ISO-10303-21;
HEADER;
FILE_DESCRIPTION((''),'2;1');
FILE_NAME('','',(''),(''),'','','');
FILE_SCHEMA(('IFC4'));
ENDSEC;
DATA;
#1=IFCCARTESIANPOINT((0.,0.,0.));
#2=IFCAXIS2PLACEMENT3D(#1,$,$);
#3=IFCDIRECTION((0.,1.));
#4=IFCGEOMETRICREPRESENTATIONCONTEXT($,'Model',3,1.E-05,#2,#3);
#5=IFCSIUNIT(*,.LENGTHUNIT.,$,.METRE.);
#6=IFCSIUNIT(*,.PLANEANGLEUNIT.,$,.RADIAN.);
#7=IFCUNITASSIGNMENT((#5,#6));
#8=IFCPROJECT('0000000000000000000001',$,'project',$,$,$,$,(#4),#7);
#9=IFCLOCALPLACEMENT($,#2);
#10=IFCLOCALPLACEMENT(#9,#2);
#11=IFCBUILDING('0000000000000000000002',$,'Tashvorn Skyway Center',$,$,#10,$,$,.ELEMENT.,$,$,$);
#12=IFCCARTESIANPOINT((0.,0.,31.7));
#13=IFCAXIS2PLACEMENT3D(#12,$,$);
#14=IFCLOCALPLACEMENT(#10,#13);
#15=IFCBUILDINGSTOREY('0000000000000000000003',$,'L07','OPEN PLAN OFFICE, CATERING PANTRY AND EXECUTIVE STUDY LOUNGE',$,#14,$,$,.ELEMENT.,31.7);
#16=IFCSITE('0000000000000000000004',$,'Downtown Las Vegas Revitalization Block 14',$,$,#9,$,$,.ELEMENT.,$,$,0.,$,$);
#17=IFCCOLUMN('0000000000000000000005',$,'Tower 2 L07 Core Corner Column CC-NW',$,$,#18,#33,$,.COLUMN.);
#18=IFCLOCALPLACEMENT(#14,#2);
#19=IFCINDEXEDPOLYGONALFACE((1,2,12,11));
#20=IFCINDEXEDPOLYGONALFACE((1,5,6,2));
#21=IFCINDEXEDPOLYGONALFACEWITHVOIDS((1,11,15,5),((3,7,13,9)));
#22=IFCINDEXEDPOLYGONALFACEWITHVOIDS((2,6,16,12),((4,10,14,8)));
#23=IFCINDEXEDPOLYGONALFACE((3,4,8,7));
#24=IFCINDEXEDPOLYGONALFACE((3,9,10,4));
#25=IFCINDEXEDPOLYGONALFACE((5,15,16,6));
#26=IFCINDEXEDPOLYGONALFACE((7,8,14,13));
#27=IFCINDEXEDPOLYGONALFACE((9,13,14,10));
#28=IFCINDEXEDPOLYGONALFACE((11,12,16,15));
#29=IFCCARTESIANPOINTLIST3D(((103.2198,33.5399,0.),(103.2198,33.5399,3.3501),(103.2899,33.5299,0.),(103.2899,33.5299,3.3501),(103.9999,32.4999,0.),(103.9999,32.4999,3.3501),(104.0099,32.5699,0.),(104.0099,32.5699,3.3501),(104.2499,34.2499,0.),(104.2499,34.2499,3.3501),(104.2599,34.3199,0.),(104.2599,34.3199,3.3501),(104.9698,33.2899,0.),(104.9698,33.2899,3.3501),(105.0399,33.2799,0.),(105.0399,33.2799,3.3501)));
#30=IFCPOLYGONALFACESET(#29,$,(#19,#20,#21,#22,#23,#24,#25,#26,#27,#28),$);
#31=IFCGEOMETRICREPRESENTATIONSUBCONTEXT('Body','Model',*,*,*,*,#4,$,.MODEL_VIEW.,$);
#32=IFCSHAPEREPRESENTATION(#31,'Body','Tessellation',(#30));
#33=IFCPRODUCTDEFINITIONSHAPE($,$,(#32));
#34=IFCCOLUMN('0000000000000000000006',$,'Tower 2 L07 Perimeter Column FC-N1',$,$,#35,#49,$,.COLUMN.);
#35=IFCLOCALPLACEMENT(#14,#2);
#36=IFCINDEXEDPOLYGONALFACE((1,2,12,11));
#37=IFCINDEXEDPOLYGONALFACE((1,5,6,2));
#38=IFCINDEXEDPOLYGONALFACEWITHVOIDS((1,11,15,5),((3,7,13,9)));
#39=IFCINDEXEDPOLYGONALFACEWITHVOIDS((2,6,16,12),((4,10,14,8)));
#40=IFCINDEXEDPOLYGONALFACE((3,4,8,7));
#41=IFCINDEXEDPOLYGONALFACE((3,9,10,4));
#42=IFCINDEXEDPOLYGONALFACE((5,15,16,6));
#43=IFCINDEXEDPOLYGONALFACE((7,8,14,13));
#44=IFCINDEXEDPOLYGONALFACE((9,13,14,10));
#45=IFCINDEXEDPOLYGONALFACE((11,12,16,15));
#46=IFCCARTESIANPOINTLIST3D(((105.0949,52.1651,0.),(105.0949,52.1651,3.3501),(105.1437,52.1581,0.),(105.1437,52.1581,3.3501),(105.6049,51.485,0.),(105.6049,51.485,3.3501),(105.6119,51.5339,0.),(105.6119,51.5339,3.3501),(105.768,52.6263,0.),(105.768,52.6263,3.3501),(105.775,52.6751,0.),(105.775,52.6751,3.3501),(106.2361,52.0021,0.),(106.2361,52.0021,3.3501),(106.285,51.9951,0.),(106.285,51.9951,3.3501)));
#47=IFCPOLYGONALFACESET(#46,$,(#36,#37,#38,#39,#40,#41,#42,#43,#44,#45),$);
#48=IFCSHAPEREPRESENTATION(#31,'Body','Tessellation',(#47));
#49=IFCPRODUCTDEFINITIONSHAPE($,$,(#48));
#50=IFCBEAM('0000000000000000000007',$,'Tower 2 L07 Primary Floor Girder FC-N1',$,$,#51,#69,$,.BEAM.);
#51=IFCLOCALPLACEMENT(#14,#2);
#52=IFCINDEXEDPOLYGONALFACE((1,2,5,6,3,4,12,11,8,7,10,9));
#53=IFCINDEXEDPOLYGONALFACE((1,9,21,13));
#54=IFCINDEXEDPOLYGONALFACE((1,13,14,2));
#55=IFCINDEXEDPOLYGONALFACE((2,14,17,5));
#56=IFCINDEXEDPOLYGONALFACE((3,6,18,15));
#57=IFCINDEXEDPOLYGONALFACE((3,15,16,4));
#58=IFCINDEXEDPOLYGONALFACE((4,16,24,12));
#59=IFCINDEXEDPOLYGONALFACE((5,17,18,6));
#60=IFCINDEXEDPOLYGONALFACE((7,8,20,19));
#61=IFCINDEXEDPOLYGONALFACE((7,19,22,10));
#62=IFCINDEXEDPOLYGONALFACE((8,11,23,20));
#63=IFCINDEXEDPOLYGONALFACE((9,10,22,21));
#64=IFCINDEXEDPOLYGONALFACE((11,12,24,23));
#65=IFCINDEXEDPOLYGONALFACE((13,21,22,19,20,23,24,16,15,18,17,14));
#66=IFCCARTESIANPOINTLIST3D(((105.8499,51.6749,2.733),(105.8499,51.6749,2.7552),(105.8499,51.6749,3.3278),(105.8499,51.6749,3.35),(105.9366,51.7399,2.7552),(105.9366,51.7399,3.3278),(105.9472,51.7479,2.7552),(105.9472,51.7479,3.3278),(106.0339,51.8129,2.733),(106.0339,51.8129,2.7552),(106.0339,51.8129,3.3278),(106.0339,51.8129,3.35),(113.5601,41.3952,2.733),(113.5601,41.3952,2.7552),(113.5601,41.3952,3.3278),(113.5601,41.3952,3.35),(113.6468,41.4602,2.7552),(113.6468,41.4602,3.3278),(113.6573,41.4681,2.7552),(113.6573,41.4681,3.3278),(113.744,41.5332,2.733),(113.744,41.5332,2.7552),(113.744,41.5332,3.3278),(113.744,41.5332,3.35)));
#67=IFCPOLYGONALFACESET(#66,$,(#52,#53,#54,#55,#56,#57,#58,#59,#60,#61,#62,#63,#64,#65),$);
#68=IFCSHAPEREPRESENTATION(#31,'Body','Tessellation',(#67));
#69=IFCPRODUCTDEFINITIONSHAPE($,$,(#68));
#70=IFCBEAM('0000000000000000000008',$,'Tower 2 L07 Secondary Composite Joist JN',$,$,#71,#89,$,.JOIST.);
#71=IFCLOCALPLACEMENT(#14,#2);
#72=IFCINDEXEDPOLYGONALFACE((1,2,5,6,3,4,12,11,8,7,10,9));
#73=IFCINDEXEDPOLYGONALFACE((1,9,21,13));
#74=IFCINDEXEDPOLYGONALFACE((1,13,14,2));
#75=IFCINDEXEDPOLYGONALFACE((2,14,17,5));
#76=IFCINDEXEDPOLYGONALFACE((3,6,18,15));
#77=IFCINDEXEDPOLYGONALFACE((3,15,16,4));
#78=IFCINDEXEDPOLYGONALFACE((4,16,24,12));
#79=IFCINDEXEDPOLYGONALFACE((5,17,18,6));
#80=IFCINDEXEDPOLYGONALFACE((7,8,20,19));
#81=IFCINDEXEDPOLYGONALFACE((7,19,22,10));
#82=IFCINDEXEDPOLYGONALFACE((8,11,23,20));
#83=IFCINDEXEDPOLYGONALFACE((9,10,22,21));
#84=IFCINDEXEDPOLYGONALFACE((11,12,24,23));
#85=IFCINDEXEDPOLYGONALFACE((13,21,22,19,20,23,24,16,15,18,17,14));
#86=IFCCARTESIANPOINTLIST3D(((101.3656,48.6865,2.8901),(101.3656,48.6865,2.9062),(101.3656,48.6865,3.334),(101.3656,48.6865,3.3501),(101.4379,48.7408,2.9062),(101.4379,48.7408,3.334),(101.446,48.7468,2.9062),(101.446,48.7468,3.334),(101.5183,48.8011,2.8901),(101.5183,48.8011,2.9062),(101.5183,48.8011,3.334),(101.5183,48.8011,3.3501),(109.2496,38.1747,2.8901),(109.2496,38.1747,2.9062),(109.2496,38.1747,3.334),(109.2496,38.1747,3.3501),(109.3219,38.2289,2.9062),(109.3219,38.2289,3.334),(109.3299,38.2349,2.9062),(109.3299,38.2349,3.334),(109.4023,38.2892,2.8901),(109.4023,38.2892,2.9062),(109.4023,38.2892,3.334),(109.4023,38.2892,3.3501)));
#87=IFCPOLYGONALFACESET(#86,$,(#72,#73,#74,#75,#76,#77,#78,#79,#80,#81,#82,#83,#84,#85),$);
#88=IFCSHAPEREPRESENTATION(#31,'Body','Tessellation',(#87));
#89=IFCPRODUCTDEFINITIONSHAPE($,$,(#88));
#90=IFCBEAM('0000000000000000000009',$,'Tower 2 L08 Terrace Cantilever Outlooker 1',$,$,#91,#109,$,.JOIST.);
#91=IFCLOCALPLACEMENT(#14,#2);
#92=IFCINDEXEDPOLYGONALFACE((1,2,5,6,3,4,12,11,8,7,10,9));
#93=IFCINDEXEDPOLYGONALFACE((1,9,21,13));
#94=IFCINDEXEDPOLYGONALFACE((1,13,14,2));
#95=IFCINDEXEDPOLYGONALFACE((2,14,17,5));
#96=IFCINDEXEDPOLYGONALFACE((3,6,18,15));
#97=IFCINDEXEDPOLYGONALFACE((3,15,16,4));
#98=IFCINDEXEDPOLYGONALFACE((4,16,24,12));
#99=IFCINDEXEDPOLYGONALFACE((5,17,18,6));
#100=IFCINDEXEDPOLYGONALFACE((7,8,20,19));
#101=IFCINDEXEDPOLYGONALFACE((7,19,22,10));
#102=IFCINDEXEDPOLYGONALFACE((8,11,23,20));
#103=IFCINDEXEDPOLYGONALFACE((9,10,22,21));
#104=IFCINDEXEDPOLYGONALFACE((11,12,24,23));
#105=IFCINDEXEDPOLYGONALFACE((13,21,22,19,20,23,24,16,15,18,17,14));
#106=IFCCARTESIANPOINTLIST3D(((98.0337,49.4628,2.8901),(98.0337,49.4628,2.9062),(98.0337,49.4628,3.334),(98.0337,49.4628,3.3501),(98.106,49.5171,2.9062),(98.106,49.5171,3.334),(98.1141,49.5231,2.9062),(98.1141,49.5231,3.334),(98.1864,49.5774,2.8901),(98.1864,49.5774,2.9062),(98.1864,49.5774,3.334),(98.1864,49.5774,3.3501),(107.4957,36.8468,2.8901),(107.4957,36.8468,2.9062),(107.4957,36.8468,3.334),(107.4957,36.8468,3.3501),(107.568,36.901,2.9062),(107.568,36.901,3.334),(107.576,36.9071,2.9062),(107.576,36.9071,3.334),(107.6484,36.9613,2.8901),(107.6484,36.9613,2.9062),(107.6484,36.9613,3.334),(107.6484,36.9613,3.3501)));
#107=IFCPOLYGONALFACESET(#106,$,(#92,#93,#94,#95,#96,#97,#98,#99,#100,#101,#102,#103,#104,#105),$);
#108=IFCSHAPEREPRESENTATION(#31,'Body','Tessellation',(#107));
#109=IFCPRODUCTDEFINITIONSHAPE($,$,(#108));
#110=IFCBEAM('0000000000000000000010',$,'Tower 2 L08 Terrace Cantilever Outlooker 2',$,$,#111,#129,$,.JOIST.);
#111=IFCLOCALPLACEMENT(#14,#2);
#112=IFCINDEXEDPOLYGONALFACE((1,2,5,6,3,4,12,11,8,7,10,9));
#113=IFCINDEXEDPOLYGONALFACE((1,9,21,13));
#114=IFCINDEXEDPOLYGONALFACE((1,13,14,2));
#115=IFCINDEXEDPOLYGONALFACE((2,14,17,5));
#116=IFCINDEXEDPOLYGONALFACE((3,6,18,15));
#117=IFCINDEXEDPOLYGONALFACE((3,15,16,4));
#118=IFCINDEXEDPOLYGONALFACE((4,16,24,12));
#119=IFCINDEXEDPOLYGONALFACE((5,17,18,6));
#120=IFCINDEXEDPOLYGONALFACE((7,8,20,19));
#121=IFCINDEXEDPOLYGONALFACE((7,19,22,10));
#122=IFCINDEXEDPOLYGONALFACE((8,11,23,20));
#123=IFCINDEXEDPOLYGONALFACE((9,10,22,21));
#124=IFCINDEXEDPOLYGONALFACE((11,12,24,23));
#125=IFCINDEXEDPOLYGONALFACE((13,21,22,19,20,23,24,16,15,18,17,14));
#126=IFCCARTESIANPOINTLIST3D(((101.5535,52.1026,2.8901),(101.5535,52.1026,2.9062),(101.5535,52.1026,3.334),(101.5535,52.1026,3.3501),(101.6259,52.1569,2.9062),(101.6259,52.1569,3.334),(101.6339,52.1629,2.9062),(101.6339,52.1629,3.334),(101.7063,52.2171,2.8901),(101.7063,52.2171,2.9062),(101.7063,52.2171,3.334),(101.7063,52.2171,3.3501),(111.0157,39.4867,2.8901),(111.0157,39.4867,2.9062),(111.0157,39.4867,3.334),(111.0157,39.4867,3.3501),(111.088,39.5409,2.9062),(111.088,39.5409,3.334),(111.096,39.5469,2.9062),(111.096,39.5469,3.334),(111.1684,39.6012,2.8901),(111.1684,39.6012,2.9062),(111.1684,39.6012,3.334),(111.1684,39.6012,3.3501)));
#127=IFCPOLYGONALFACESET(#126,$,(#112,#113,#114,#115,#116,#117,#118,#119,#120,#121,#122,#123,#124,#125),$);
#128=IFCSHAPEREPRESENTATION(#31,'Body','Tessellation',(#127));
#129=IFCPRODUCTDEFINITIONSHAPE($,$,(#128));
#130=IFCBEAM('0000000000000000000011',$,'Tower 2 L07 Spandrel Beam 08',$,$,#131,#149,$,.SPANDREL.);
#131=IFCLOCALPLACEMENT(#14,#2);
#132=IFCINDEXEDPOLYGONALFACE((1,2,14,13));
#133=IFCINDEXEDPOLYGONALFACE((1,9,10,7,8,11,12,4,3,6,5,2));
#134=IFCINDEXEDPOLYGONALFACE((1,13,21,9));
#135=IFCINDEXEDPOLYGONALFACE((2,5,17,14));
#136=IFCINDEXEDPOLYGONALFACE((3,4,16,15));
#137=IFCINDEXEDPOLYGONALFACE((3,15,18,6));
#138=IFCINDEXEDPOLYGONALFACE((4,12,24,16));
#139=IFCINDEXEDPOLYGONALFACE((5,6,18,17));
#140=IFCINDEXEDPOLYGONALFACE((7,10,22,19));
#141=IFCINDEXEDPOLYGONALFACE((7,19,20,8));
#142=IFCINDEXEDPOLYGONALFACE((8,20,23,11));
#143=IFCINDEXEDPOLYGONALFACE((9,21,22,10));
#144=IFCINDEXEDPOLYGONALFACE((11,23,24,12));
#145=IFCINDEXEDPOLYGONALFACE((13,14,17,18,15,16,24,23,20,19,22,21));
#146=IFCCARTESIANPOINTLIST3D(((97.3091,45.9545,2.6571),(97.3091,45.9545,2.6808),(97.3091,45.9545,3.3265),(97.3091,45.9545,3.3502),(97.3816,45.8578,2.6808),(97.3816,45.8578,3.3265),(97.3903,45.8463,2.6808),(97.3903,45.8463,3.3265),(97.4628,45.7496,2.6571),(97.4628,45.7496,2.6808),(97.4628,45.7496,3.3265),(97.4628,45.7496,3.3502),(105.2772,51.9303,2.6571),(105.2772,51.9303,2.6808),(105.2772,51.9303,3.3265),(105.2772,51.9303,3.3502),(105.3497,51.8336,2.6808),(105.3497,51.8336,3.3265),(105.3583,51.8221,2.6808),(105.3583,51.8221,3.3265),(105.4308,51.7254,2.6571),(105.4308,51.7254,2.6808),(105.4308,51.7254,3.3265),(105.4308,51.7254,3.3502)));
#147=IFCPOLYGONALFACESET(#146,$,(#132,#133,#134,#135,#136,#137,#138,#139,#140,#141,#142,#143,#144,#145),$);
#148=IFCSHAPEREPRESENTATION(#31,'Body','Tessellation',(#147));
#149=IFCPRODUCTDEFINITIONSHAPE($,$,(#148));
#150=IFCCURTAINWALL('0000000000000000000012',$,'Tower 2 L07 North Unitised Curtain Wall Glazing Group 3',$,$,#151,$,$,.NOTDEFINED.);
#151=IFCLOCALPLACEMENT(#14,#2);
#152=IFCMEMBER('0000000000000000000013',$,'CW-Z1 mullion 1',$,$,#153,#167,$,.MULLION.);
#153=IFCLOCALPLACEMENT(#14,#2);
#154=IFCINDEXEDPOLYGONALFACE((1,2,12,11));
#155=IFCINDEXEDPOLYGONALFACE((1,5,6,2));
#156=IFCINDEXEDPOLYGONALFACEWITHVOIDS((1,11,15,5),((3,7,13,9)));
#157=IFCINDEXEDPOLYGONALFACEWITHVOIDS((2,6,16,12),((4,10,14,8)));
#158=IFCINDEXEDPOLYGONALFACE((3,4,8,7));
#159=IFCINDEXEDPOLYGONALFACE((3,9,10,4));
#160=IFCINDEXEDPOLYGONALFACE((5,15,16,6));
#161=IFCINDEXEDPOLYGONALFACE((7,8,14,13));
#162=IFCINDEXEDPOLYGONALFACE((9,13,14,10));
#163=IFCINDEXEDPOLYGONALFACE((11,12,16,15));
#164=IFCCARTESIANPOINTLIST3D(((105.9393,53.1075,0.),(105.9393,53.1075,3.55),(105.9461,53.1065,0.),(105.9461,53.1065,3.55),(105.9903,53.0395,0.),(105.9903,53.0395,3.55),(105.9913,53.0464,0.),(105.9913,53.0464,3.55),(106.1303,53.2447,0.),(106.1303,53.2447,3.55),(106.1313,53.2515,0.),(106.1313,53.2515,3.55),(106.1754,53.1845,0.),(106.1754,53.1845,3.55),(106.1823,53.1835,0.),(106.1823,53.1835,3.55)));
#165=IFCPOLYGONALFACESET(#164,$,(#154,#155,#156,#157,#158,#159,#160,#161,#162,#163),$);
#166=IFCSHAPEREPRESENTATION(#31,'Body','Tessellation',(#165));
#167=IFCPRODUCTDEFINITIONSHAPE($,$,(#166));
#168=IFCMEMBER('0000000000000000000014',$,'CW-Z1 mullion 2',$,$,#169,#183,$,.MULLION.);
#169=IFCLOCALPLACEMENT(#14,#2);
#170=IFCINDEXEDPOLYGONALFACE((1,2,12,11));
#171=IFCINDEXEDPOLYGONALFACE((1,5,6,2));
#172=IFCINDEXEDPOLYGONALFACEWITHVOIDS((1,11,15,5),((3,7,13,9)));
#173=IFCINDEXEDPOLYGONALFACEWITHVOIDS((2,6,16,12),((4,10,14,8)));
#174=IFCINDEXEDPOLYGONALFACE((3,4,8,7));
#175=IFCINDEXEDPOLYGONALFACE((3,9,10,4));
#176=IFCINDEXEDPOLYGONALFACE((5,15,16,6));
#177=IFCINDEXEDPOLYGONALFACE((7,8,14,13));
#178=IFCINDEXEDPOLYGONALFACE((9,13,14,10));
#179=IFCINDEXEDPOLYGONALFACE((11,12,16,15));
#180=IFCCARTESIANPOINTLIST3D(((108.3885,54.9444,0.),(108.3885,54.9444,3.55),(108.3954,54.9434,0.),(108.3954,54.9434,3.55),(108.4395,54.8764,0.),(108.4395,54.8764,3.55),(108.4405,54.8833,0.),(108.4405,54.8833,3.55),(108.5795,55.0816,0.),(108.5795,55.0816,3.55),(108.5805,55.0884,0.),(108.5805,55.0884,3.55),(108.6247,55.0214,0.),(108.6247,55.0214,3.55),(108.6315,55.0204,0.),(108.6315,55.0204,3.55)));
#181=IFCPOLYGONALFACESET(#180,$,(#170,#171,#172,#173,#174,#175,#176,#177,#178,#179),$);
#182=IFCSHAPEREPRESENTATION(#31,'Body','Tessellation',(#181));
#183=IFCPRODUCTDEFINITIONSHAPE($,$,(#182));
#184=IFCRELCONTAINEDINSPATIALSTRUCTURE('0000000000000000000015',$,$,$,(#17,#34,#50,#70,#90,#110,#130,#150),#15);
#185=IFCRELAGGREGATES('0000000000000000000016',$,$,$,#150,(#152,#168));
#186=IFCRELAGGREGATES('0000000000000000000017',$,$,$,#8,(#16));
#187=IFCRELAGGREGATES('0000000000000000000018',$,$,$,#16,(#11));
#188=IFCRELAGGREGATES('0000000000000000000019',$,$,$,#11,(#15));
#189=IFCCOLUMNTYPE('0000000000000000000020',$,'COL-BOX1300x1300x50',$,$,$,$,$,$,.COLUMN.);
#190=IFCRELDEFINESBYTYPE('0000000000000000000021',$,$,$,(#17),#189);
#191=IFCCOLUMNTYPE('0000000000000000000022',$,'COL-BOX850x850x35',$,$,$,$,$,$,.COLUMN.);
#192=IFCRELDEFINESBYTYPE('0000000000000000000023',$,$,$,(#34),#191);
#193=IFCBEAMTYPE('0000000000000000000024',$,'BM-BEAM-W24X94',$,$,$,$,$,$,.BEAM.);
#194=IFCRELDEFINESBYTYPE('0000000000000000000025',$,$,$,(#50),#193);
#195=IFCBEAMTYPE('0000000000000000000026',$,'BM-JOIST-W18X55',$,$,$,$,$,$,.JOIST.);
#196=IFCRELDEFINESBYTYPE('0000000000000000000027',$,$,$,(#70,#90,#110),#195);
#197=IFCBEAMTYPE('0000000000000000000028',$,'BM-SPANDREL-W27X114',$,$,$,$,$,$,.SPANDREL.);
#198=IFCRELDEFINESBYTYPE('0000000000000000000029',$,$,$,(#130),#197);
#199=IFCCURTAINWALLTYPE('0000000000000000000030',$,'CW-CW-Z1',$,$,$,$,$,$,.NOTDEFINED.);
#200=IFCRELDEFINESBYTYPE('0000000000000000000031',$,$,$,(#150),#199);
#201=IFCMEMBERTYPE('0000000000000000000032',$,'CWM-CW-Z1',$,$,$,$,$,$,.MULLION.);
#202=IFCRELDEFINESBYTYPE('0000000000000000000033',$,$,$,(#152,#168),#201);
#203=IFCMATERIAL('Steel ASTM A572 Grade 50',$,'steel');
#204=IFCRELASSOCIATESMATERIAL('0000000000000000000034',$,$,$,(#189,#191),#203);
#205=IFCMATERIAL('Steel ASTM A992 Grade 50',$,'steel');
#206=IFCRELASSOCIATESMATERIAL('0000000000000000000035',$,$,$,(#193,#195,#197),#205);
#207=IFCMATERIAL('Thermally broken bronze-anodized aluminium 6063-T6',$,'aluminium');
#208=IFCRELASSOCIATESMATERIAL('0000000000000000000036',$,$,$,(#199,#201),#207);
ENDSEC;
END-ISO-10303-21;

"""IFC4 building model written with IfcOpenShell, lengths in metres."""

from ifc_helpers import new_model, si_unit, direction, frame, origin, origin_2d, place, context, subcontext, project, spatial, hollow_rectangle, i_section, extrude, material, material_profile, profile_set, type_object, element, aggregate, save


model = new_model("IFC4")

# Units and contexts
model_context = context("Model", 3, precision=1e-05, world=origin(), true_north=direction((0.0, 1.0)))
body_context = subcontext(model_context, "Body", "Model", "MODEL_VIEW")
ifc_project = project(units=[si_unit("LENGTHUNIT", "METRE"), si_unit("PLANEANGLEUNIT", "RADIAN")], contexts=[model_context])

# Site, building, storey
site_placement = place(None, origin())
site = spatial("IfcSite", under=ifc_project, at=site_placement, Name="Downtown Las Vegas Revitalization Block 14", CompositionType="ELEMENT", RefElevation=0.0)
building_placement = place(site_placement, origin())
building = spatial("IfcBuilding", under=site, at=building_placement, Name="Tashvorn Skyway Center", CompositionType="ELEMENT")
storey_placement = place(building_placement, frame((0.0, 0.0, 31.7)))
storey = spatial("IfcBuildingStorey", under=building, at=storey_placement, Name="L07", Description="OPEN PLAN OFFICE, CATERING PANTRY AND EXECUTIVE STUDY LOUNGE", CompositionType="ELEMENT", Elevation=31.7)

# Columns
ifc_material_1 = material(Name="Steel ASTM A572 Grade 50", Category="steel")
ifc_material_profile_1 = material_profile(ifc_material_1, hollow_rectangle(XDim=1.3, YDim=1.3, WallThickness=0.05, at=origin_2d()), Name="BOX1300x1300x50")
ifc_profile_set_1 = profile_set([ifc_material_profile_1], Name="Steel ASTM A572 Grade 50")
column_type_1 = type_object("IfcColumnType", Name="COL-BOX1300x1300x50", PredefinedType="COLUMN", material=ifc_profile_set_1)
column_1_placement = place(storey_placement, frame((104.1299, 33.4099, 0.0), z_axis=(0.0, 0.0, 1.0), x_axis=(0.8, 0.6, 0.0)))
element("IfcColumn", 1, at=column_1_placement, inside=storey, type_object=column_type_1, Name="Tower 2 L07 Core Corner Column CC-NW", PredefinedType="COLUMN", context=body_context, shape_type="SweptSolid", body=[
    extrude(hollow_rectangle(XDim=1.3, YDim=1.3, WallThickness=0.05, at=origin_2d()), origin(), (0.0, 0.0, 1.0), 3.3501),
])
ifc_material_profile_2 = material_profile(ifc_material_1, hollow_rectangle(XDim=0.8501, YDim=0.8501, WallThickness=0.0349, at=origin_2d()), Name="BOX850x850x35")
ifc_profile_set_2 = profile_set([ifc_material_profile_2], Name="Steel ASTM A572 Grade 50")
column_type_2 = type_object("IfcColumnType", Name="COL-BOX850x850x35", PredefinedType="COLUMN", material=ifc_profile_set_2)
column_2_placement = place(storey_placement, frame((105.6899, 52.0801, 0.0), z_axis=(0.0, 0.0, 1.0), x_axis=(0.8, 0.6, 0.0)))
element("IfcColumn", 2, at=column_2_placement, inside=storey, type_object=column_type_2, Name="Tower 2 L07 Perimeter Column FC-N1", PredefinedType="COLUMN", context=body_context, shape_type="SweptSolid", body=[
    extrude(hollow_rectangle(XDim=0.8501, YDim=0.8501, WallThickness=0.0349, at=origin_2d()), origin(), (0.0, 0.0, 1.0), 3.3501),
])

# Beams
ifc_material_2 = material(Name="Steel ASTM A992 Grade 50", Category="steel")
ifc_material_profile_3 = material_profile(ifc_material_2, i_section(OverallWidth=0.23, OverallDepth=0.6169, WebThickness=0.0132, FlangeThickness=0.0222, at=origin_2d()), Name="W24X94")
ifc_profile_set_3 = profile_set([ifc_material_profile_3], Name="Steel ASTM A992 Grade 50")
beam_type_1 = type_object("IfcBeamType", Name="BM-BEAM-W24X94", PredefinedType="BEAM", material=ifc_profile_set_3)
beam_1_placement = place(storey_placement, frame((105.9419, 51.7439, 3.0415), z_axis=(0.600018, -0.799986, 0.0), x_axis=(0.799986, 0.600018, 0.0)))
element("IfcBeam", 3, at=beam_1_placement, inside=storey, type_object=beam_type_1, Name="Tower 2 L07 Primary Floor Girder FC-N1", PredefinedType="BEAM", context=body_context, shape_type="SweptSolid", body=[
    extrude(i_section(OverallWidth=0.23, OverallDepth=0.6169, WebThickness=0.0132, FlangeThickness=0.0222, at=origin_2d()), origin(), (0.0, 0.0, 1.0), 12.8499),
])
ifc_material_profile_4 = material_profile(ifc_material_2, i_section(OverallWidth=0.1909, OverallDepth=0.46, WebThickness=0.01, FlangeThickness=0.0161, at=origin_2d()), Name="W18X55")
ifc_profile_set_4 = profile_set([ifc_material_profile_4], Name="Steel ASTM A992 Grade 50")
beam_type_2 = type_object("IfcBeamType", Name="BM-JOIST-W18X55", PredefinedType="JOIST", material=ifc_profile_set_4)
beam_2_placement = place(storey_placement, frame((109.3259, 38.2319, 3.1201), z_axis=(-0.600003, 0.799998, 0.0), x_axis=(-0.799998, -0.600003, 0.0)))
element("IfcBeam", 4, at=beam_2_placement, inside=storey, type_object=beam_type_2, Name="Tower 2 L07 Secondary Composite Joist JN", PredefinedType="JOIST", context=body_context, shape_type="SweptSolid", body=[
    extrude(i_section(OverallWidth=0.1909, OverallDepth=0.46, WebThickness=0.01, FlangeThickness=0.0161, at=origin_2d()), origin(), (0.0, 0.0, 1.0), 13.1399),
])
for number, where, z_axis, x_axis, name in (
    (5, (107.572, 36.9041, 3.1201), (-0.599998, 0.800002, 0.0), (-0.800002, -0.599998, 0.0), "Tower 2 L08 Terrace Cantilever Outlooker 1"),
    (6, (111.092, 39.5439, 3.1201), (-0.600007, 0.799994, 0.0), (-0.799994, -0.600007, 0.0), "Tower 2 L08 Terrace Cantilever Outlooker 2"),
):
    element("IfcBeam", number, at=place(storey_placement, frame(where, z_axis=z_axis, x_axis=x_axis)), inside=storey, type_object=beam_type_2, Name=name, PredefinedType="JOIST", context=body_context, shape_type="SweptSolid", body=[
        extrude(i_section(OverallWidth=0.1909, OverallDepth=0.46, WebThickness=0.01, FlangeThickness=0.0161, at=origin_2d()), origin(), (0.0, 0.0, 1.0), 15.77),
    ])
ifc_material_profile_5 = material_profile(ifc_material_2, i_section(OverallWidth=0.2561, OverallDepth=0.6931, WebThickness=0.0144, FlangeThickness=0.0237, at=origin_2d()), Name="W27X114")
ifc_profile_set_5 = profile_set([ifc_material_profile_5], Name="Steel ASTM A992 Grade 50")
beam_type_3 = type_object("IfcBeamType", Name="BM-SPANDREL-W27X114", PredefinedType="SPANDREL", material=ifc_profile_set_5)
beam_3_placement = place(storey_placement, frame((105.354, 51.8279, 3.0037), z_axis=(-0.800009, -0.599988, 0.0), x_axis=(0.599988, -0.800009, 0.0)))
element("IfcBeam", 7, at=beam_3_placement, inside=storey, type_object=beam_type_3, Name="Tower 2 L07 Spandrel Beam 08", PredefinedType="SPANDREL", context=body_context, shape_type="SweptSolid", body=[
    extrude(i_section(OverallWidth=0.2561, OverallDepth=0.6931, WebThickness=0.0144, FlangeThickness=0.0237, at=origin_2d()), origin(), (0.0, 0.0, 1.0), 9.96),
])

# Curtain wall, members
ifc_material_3 = material(Name="Thermally broken bronze-anodized aluminium 6063-T6", Category="aluminium")
curtain_wall_type = type_object("IfcCurtainWallType", Name="CW-CW-Z1", PredefinedType="NOTDEFINED", material=ifc_material_3)
curtain_wall_1_placement = place(storey_placement, origin())
curtain_wall_1 = element("IfcCurtainWall", 8, at=curtain_wall_1_placement, inside=storey, type_object=curtain_wall_type, Name="Tower 2 L07 North Unitised Curtain Wall Glazing Group 3", PredefinedType="NOTDEFINED")
ifc_material_profile_6 = material_profile(ifc_material_3, hollow_rectangle(XDim=0.085, YDim=0.24, WallThickness=0.0049, at=origin_2d()), Name="ALU-MULL-85x240")
ifc_profile_set_6 = profile_set([ifc_material_profile_6], Name="Thermally broken bronze-anodized aluminium 6063-T6")
member_type_1 = type_object("IfcMemberType", Name="CWM-CW-Z1", PredefinedType="MULLION", material=ifc_profile_set_6)
member_1_placement = place(storey_placement, frame((106.0608, 53.1455, 0.0), z_axis=(0.0, 0.0, 1.0), x_axis=(-0.600005, 0.799996, 0.0)))
member_1 = element("IfcMember", 9, at=member_1_placement, type_object=member_type_1, Name="CW-Z1 mullion 1", PredefinedType="MULLION", context=body_context, shape_type="SweptSolid", body=[
    extrude(hollow_rectangle(XDim=0.085, YDim=0.24, WallThickness=0.0049, at=origin_2d()), origin(), (0.0, 0.0, 1.0), 3.55),
])
member_2_placement = place(storey_placement, frame((108.51, 54.9824, 0.0), z_axis=(0.0, 0.0, 1.0), x_axis=(-0.600005, 0.799996, 0.0)))
member_2 = element("IfcMember", 10, at=member_2_placement, type_object=member_type_1, Name="CW-Z1 mullion 2", PredefinedType="MULLION", context=body_context, shape_type="SweptSolid", body=[
    extrude(hollow_rectangle(XDim=0.085, YDim=0.24, WallThickness=0.0049, at=origin_2d()), origin(), (0.0, 0.0, 1.0), 3.55),
])

aggregate(curtain_wall_1, [member_1, member_2])

save(model, "model.ifc")
